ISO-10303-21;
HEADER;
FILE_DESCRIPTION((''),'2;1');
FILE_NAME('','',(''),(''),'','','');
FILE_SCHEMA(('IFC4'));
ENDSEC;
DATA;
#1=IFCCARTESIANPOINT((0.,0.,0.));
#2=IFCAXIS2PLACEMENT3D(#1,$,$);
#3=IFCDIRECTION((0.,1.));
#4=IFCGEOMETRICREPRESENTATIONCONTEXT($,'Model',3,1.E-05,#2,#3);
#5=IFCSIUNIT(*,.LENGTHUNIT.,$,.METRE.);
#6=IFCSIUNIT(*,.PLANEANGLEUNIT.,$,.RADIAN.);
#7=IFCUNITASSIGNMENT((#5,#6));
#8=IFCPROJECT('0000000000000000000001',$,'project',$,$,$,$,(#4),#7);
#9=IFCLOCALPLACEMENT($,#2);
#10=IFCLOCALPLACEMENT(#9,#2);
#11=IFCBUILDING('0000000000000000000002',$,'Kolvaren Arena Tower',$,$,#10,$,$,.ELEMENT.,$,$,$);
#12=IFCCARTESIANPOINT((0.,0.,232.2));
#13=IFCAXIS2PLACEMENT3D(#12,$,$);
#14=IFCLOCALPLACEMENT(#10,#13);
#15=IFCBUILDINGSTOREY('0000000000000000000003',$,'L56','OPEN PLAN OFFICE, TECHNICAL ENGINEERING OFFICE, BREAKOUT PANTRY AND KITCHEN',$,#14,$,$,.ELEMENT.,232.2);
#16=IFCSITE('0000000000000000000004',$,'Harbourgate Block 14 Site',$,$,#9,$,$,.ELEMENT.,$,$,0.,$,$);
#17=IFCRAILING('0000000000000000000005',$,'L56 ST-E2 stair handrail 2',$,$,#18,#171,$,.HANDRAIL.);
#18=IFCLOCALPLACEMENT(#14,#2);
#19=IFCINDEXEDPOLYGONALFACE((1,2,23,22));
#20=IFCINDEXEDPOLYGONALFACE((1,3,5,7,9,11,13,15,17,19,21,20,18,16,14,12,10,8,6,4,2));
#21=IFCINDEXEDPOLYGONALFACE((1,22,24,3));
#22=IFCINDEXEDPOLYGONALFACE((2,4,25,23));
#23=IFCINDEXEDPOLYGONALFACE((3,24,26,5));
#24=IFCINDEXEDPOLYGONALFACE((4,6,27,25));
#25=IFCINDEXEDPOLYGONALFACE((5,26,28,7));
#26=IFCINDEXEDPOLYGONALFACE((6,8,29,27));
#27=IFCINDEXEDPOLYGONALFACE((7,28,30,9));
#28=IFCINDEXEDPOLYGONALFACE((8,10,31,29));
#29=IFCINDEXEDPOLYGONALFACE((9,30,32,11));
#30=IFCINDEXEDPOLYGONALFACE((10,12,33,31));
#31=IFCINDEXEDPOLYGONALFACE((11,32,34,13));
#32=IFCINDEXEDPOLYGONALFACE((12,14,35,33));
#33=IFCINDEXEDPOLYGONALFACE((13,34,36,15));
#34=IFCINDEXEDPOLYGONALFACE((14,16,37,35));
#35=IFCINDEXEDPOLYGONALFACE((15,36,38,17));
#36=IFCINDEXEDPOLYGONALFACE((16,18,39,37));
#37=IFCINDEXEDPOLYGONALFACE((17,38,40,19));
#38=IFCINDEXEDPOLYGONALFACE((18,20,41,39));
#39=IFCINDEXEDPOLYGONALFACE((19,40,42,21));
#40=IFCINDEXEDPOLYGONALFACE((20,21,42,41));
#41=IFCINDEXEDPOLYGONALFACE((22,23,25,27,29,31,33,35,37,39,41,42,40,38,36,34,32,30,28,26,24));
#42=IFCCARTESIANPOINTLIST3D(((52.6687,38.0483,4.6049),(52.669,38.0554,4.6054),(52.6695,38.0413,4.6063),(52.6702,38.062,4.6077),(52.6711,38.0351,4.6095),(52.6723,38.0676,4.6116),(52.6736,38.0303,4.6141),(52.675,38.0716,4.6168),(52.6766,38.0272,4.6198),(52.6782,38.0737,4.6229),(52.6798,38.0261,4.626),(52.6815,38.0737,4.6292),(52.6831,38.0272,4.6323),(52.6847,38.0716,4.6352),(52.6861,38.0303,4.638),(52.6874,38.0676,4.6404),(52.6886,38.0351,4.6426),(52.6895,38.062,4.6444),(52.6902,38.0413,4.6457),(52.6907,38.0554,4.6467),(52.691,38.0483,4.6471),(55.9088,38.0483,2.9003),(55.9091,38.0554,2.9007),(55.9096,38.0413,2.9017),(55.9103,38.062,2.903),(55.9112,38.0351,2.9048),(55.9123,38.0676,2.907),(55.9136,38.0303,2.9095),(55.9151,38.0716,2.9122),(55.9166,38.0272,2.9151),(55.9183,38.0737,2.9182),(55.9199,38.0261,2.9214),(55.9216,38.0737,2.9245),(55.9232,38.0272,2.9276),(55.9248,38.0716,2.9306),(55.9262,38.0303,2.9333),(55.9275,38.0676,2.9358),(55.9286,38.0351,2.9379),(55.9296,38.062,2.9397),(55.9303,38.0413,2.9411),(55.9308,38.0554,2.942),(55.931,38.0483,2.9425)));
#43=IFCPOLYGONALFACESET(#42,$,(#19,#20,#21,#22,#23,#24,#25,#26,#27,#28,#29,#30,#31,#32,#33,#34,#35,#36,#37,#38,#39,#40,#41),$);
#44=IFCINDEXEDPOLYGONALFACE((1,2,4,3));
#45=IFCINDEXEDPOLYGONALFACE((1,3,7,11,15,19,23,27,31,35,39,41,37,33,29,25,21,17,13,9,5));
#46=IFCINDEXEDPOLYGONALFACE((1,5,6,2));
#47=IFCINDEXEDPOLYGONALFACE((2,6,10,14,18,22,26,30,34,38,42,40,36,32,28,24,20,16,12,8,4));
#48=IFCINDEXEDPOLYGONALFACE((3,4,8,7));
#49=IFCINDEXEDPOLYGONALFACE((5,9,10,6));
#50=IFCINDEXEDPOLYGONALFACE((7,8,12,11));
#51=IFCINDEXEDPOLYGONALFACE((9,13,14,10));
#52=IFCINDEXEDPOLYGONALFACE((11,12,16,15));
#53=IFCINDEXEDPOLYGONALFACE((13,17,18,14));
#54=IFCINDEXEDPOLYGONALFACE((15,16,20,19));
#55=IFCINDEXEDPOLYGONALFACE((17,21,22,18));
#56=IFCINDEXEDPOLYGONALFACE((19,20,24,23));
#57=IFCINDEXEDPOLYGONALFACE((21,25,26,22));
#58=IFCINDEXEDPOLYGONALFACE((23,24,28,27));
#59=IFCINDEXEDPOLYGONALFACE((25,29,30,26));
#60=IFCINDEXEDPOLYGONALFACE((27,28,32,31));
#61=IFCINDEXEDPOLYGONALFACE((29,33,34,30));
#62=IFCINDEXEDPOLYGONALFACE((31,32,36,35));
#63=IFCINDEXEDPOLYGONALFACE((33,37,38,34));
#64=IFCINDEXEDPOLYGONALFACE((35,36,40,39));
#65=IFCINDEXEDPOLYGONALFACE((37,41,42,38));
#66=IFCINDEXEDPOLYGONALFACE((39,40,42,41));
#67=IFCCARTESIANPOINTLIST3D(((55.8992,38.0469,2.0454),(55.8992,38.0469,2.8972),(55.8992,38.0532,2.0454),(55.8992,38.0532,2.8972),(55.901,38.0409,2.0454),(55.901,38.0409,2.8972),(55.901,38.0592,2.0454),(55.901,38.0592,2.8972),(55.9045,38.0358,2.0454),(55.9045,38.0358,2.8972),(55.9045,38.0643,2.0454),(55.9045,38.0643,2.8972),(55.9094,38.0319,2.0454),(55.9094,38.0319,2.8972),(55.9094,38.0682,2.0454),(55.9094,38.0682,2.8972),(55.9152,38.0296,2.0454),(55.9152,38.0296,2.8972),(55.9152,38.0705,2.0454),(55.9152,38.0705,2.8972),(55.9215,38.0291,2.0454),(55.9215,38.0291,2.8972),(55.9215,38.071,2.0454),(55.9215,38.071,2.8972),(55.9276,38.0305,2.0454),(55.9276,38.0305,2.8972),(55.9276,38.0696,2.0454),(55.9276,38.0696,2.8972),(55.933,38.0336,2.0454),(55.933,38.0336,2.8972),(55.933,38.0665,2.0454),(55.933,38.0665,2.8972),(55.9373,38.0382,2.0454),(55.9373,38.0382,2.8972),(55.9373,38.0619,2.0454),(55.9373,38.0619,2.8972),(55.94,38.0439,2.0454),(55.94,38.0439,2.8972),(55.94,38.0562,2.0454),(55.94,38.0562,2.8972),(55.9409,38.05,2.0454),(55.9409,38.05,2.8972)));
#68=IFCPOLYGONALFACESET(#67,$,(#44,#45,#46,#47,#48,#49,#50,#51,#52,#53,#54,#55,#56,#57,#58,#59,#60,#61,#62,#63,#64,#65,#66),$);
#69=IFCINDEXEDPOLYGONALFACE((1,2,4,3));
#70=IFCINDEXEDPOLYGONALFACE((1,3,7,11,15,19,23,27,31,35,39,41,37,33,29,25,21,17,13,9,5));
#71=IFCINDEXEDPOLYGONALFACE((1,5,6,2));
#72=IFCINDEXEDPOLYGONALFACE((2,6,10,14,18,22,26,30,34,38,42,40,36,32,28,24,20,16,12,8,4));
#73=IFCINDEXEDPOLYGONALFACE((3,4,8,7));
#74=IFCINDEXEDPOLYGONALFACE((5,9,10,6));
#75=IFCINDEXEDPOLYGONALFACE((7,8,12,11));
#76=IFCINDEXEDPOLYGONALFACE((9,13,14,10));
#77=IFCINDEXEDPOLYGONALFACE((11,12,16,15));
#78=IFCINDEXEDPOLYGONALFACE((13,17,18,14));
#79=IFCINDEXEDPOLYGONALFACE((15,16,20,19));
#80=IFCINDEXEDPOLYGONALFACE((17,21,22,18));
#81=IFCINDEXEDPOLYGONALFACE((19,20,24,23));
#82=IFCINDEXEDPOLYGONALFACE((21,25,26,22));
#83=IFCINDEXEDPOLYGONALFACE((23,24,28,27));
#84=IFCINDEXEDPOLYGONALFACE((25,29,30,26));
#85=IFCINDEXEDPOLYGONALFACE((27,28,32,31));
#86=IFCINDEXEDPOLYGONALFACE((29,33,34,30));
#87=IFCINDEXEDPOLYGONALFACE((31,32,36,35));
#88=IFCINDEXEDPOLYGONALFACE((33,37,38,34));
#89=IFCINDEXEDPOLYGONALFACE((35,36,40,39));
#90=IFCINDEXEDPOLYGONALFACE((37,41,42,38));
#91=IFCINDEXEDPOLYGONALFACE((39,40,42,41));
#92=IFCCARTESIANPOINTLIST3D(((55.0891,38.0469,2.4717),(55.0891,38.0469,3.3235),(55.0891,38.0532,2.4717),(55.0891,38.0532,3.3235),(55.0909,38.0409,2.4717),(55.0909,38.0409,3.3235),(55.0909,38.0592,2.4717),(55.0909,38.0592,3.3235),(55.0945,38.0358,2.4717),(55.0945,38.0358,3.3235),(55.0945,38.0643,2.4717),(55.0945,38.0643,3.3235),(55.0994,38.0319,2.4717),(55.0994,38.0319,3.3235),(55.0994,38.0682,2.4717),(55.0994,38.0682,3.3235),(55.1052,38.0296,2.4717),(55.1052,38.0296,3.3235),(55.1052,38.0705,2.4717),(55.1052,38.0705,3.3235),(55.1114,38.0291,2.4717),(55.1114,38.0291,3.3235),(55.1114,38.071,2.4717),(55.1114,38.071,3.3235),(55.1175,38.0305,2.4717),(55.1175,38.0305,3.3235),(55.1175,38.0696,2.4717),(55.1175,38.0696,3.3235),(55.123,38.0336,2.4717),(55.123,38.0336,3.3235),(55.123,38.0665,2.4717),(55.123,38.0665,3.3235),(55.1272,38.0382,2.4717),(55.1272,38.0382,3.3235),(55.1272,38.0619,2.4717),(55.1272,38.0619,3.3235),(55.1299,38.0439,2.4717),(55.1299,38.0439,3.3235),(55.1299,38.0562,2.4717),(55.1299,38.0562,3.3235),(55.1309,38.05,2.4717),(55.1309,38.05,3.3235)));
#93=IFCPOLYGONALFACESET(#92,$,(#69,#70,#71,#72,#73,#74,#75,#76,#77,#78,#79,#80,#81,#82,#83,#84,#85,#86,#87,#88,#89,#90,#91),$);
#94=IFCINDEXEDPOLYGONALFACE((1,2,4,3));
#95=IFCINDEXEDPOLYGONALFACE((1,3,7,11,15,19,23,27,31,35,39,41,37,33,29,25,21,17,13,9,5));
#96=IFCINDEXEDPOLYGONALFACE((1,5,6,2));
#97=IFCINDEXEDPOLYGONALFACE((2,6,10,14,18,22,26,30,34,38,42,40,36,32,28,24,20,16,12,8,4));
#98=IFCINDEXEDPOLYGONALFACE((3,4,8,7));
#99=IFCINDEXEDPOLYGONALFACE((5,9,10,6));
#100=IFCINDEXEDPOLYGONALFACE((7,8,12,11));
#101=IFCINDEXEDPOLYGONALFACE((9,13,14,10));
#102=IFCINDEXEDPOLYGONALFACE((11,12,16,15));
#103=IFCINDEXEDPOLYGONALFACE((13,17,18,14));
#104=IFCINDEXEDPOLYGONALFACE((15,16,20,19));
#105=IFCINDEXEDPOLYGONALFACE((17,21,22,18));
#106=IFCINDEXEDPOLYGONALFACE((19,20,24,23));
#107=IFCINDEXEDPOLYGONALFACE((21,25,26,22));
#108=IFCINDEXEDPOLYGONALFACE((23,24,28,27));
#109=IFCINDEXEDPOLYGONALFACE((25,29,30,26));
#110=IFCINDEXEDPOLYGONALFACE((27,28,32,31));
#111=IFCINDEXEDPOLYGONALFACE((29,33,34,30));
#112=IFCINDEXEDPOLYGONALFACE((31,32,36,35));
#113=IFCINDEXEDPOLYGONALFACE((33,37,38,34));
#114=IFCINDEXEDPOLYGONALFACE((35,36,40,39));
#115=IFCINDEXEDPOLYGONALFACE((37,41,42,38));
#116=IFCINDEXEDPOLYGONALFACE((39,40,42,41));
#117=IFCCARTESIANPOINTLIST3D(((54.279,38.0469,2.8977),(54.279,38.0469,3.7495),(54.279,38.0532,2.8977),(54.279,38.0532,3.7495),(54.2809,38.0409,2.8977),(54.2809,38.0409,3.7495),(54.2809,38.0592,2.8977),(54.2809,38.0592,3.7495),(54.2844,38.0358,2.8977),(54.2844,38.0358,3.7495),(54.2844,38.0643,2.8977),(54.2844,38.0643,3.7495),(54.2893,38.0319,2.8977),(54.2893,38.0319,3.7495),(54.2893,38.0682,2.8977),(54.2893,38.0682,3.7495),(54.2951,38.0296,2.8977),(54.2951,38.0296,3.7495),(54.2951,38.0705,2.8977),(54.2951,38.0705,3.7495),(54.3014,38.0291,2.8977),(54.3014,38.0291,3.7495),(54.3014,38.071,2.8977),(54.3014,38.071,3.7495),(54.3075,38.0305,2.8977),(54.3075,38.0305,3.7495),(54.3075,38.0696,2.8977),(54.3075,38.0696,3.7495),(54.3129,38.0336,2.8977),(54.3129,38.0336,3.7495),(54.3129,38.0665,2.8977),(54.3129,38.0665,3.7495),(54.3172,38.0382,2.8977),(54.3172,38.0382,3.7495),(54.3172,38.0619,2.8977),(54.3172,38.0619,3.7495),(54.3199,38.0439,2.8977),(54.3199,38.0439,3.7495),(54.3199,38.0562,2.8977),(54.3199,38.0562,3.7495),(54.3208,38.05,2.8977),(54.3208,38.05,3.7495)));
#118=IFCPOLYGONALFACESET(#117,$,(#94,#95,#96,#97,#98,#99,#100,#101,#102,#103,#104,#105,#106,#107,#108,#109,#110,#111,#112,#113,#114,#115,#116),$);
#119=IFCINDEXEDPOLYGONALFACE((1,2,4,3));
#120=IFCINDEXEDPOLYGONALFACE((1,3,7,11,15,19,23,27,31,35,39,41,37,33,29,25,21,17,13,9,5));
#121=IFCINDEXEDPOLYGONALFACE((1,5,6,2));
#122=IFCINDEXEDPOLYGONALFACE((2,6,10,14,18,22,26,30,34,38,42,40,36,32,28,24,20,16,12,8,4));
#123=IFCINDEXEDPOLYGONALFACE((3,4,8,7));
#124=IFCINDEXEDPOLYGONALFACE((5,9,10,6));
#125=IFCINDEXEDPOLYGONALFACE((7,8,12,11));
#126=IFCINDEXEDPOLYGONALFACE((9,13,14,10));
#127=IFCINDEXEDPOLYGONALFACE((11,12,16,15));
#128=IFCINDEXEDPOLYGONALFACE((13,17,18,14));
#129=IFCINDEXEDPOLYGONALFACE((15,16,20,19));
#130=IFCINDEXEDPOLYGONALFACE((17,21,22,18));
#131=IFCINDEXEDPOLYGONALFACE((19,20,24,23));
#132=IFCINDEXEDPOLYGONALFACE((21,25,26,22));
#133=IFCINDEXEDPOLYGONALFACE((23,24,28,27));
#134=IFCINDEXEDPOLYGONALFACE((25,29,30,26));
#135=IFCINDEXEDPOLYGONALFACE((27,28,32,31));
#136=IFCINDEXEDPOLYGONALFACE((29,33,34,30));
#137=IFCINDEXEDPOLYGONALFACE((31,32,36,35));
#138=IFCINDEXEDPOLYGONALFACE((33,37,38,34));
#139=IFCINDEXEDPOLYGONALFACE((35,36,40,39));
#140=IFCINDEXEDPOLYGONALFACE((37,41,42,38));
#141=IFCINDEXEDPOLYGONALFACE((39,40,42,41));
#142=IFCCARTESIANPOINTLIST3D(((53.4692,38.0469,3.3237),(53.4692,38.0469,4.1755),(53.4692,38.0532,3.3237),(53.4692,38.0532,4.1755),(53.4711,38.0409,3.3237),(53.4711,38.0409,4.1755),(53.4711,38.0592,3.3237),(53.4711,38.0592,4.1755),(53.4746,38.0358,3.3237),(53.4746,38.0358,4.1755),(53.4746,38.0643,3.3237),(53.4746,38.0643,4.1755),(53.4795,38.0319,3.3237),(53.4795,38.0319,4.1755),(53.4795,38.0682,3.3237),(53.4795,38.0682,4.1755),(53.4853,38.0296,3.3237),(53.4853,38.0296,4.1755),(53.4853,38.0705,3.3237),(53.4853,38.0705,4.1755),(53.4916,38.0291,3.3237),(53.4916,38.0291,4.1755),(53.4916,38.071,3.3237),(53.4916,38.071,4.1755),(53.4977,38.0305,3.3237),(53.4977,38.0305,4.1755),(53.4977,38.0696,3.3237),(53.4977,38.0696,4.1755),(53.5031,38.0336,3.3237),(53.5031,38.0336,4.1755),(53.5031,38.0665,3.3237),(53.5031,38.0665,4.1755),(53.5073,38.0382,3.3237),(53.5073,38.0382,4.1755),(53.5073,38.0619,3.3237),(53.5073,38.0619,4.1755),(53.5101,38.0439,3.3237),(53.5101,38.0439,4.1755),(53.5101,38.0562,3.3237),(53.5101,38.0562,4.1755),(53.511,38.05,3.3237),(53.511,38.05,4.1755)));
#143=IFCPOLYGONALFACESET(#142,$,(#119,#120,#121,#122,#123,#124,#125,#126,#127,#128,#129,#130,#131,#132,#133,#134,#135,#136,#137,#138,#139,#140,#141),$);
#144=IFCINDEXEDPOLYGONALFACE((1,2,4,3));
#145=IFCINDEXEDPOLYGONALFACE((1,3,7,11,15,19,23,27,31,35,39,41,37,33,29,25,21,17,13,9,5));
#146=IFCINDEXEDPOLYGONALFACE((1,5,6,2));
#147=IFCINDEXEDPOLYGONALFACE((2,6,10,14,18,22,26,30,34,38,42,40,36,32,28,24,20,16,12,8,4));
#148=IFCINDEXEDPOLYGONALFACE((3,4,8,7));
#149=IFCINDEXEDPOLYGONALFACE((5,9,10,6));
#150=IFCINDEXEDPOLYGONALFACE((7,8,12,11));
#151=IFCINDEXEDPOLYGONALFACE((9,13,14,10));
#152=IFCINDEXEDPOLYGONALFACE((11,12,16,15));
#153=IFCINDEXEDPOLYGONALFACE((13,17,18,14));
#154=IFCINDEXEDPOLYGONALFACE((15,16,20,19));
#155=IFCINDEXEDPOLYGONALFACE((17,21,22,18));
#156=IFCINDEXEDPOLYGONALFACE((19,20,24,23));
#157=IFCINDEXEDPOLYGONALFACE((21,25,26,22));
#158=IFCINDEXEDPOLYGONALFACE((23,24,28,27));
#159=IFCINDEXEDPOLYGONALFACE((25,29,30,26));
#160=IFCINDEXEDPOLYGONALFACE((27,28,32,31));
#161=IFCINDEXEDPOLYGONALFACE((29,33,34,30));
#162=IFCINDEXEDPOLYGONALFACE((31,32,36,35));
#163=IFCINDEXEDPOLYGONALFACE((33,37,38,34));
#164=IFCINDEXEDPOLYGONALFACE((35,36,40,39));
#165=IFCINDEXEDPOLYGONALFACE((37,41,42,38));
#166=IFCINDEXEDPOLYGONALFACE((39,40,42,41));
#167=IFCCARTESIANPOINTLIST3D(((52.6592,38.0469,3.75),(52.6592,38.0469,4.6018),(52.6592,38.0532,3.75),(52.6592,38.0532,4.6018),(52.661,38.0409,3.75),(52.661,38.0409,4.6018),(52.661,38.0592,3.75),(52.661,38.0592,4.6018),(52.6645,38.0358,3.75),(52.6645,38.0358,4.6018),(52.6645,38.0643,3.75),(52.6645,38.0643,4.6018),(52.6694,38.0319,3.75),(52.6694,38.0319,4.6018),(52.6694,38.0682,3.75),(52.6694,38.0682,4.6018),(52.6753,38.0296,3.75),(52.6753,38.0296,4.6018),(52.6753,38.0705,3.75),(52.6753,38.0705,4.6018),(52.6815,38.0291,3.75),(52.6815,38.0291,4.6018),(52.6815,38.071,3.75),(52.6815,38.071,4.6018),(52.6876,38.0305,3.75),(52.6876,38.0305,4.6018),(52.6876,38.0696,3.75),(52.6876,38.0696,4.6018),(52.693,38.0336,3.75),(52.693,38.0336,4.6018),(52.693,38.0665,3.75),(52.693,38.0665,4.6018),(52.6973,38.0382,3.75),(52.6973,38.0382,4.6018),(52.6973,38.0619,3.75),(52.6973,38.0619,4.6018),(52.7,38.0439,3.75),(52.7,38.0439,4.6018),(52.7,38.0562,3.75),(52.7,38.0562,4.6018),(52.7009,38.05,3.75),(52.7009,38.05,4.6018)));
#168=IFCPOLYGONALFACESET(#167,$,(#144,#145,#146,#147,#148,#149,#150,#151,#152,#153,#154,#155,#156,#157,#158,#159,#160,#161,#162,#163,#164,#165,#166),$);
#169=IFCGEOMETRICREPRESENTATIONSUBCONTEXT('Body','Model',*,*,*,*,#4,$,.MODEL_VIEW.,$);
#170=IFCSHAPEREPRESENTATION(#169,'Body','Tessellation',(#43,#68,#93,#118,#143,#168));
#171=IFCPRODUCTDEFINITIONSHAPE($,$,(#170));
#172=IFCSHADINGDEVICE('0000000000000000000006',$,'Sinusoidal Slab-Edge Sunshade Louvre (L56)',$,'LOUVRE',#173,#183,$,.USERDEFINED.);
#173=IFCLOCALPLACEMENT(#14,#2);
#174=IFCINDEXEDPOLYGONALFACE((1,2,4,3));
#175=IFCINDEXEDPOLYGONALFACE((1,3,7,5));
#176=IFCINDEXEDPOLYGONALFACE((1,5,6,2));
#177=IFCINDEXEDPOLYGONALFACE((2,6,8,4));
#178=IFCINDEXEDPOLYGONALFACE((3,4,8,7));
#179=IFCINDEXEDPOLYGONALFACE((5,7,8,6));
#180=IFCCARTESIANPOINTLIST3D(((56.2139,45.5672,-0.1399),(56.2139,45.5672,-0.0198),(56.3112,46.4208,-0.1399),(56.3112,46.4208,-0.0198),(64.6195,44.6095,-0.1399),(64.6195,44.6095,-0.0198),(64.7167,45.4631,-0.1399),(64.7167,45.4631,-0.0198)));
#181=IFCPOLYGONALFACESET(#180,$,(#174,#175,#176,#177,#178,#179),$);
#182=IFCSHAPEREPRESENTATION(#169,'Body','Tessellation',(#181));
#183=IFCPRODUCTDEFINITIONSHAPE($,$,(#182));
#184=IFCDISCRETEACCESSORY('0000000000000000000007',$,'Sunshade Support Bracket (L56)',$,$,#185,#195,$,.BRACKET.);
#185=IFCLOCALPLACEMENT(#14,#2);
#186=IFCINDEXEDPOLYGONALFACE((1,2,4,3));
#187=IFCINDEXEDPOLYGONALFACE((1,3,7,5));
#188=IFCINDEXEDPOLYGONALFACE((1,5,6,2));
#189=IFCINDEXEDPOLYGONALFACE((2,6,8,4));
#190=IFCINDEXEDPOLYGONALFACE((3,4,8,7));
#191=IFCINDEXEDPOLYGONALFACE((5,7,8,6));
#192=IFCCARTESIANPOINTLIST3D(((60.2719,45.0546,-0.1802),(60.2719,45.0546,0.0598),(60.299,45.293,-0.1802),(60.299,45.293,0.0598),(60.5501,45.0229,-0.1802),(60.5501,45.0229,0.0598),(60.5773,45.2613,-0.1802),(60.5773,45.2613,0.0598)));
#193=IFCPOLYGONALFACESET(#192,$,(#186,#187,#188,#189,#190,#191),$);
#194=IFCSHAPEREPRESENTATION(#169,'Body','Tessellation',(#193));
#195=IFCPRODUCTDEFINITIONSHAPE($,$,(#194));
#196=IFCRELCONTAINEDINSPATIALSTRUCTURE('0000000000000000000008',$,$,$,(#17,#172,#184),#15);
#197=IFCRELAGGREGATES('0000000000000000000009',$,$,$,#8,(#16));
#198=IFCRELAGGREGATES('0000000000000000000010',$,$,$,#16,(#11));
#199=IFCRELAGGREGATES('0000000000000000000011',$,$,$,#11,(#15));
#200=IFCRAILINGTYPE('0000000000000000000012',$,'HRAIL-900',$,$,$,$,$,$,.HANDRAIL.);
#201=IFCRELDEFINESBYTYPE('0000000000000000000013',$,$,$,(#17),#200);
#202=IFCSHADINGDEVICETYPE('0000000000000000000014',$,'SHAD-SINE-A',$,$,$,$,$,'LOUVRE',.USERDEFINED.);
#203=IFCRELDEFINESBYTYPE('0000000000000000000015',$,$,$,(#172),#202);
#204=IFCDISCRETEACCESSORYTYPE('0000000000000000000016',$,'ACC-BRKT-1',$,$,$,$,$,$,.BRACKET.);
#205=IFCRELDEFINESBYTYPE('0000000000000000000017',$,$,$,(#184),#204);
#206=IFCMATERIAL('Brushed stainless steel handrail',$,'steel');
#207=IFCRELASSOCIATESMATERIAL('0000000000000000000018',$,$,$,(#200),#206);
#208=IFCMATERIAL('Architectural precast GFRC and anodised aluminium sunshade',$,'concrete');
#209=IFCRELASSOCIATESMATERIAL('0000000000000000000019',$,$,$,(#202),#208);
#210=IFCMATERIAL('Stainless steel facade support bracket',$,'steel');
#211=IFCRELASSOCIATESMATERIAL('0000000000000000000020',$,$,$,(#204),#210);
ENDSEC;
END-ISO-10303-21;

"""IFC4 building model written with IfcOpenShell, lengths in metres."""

from ifc_helpers import new_model, si_unit, direction, frame, origin, origin_2d, place, context, subcontext, project, spatial, rectangle, circle, extrude, material, type_object, element, save


model = new_model("IFC4")

# Units and contexts
model_context = context("Model", 3, precision=1e-05, world=origin(), true_north=direction((0.0, 1.0)))
body_context = subcontext(model_context, "Body", "Model", "MODEL_VIEW")
ifc_project = project(units=[si_unit("LENGTHUNIT", "METRE"), si_unit("PLANEANGLEUNIT", "RADIAN")], contexts=[model_context])

# Site, building, storey
site_placement = place(None, origin())
site = spatial("IfcSite", under=ifc_project, at=site_placement, Name="Harbourgate Block 14 Site", CompositionType="ELEMENT", RefElevation=0.0)
building_placement = place(site_placement, origin())
building = spatial("IfcBuilding", under=site, at=building_placement, Name="Kolvaren Arena Tower", CompositionType="ELEMENT")
storey_placement = place(building_placement, frame((0.0, 0.0, 232.2)))
storey = spatial("IfcBuildingStorey", under=building, at=storey_placement, Name="L56", Description="OPEN PLAN OFFICE, TECHNICAL ENGINEERING OFFICE, BREAKOUT PANTRY AND KITCHEN", CompositionType="ELEMENT", Elevation=232.2)

# Railing
ifc_material_1 = material(Name="Brushed stainless steel handrail", Category="steel")
railing_type = type_object("IfcRailingType", Name="HRAIL-900", PredefinedType="HANDRAIL", material=ifc_material_1)
railing_placement = place(storey_placement, frame((55.9199, 38.05, 2.0454)))
element("IfcRailing", 1, at=railing_placement, inside=storey, type_object=railing_type, Name="L56 ST-E2 stair handrail 2", PredefinedType="HANDRAIL", context=body_context, shape_type="SweptSolid", body=[
    extrude(circle(Radius=0.0239, at=origin_2d()), frame((0.0, 0.0, 0.876), z_axis=(-0.884993, 0.0, 0.465604), x_axis=(0.0, -1.0, 0.0)), (0.0, 0.0, 1.0), 3.6611),
    extrude(circle(Radius=0.021, at=origin_2d()), origin(), (0.0, 0.0, 1.0), 0.8518),
    extrude(circle(Radius=0.021, at=origin_2d()), frame((-0.8101, 0.0, 0.4263)), (0.0, 0.0, 1.0), 0.8518),
    extrude(circle(Radius=0.021, at=origin_2d()), frame((-1.6201, 0.0, 0.8523)), (0.0, 0.0, 1.0), 0.8518),
    extrude(circle(Radius=0.021, at=origin_2d()), frame((-2.4299, 0.0, 1.2783)), (0.0, 0.0, 1.0), 0.8518),
    extrude(circle(Radius=0.021, at=origin_2d()), frame((-3.24, 0.0, 1.7046)), (0.0, 0.0, 1.0), 0.8518),
])

# Shading device
ifc_material_2 = material(Name="Architectural precast GFRC and anodised aluminium sunshade", Category="concrete")
shading_device_type = type_object("IfcShadingDeviceType", Name="SHAD-SINE-A", ElementType="LOUVRE", PredefinedType="USERDEFINED", material=ifc_material_2)
shading_device_placement = place(storey_placement, frame((60.4653, 45.5151, -0.1399), z_axis=(0.0, 0.0, 1.0), x_axis=(0.993572, -0.113205, 0.0)))
element("IfcShadingDevice", 2, at=shading_device_placement, inside=storey, type_object=shading_device_type, Name="Sinusoidal Slab-Edge Sunshade Louvre (L56)", ObjectType="LOUVRE", PredefinedType="USERDEFINED", context=body_context, shape_type="SweptSolid", body=[
    extrude(rectangle(XDim=8.46, YDim=0.8591, at=origin_2d()), origin(), (0.0, 0.0, 1.0), 0.1201),
])

# Discrete accessory
ifc_material_3 = material(Name="Stainless steel facade support bracket", Category="steel")
discrete_accessory_type = type_object("IfcDiscreteAccessoryType", Name="ACC-BRKT-1", PredefinedType="BRACKET", material=ifc_material_3)
discrete_accessory_placement = place(storey_placement, frame((60.4246, 45.158, -0.1802), z_axis=(0.0, 0.0, 1.0), x_axis=(0.993572, -0.113205, 0.0)))
element("IfcDiscreteAccessory", 3, at=discrete_accessory_placement, inside=storey, type_object=discrete_accessory_type, Name="Sunshade Support Bracket (L56)", PredefinedType="BRACKET", context=body_context, shape_type="SweptSolid", body=[
    extrude(rectangle(XDim=0.28, YDim=0.24, at=origin_2d()), origin(), (0.0, 0.0, 1.0), 0.24),
])

save(model, "model.ifc")
